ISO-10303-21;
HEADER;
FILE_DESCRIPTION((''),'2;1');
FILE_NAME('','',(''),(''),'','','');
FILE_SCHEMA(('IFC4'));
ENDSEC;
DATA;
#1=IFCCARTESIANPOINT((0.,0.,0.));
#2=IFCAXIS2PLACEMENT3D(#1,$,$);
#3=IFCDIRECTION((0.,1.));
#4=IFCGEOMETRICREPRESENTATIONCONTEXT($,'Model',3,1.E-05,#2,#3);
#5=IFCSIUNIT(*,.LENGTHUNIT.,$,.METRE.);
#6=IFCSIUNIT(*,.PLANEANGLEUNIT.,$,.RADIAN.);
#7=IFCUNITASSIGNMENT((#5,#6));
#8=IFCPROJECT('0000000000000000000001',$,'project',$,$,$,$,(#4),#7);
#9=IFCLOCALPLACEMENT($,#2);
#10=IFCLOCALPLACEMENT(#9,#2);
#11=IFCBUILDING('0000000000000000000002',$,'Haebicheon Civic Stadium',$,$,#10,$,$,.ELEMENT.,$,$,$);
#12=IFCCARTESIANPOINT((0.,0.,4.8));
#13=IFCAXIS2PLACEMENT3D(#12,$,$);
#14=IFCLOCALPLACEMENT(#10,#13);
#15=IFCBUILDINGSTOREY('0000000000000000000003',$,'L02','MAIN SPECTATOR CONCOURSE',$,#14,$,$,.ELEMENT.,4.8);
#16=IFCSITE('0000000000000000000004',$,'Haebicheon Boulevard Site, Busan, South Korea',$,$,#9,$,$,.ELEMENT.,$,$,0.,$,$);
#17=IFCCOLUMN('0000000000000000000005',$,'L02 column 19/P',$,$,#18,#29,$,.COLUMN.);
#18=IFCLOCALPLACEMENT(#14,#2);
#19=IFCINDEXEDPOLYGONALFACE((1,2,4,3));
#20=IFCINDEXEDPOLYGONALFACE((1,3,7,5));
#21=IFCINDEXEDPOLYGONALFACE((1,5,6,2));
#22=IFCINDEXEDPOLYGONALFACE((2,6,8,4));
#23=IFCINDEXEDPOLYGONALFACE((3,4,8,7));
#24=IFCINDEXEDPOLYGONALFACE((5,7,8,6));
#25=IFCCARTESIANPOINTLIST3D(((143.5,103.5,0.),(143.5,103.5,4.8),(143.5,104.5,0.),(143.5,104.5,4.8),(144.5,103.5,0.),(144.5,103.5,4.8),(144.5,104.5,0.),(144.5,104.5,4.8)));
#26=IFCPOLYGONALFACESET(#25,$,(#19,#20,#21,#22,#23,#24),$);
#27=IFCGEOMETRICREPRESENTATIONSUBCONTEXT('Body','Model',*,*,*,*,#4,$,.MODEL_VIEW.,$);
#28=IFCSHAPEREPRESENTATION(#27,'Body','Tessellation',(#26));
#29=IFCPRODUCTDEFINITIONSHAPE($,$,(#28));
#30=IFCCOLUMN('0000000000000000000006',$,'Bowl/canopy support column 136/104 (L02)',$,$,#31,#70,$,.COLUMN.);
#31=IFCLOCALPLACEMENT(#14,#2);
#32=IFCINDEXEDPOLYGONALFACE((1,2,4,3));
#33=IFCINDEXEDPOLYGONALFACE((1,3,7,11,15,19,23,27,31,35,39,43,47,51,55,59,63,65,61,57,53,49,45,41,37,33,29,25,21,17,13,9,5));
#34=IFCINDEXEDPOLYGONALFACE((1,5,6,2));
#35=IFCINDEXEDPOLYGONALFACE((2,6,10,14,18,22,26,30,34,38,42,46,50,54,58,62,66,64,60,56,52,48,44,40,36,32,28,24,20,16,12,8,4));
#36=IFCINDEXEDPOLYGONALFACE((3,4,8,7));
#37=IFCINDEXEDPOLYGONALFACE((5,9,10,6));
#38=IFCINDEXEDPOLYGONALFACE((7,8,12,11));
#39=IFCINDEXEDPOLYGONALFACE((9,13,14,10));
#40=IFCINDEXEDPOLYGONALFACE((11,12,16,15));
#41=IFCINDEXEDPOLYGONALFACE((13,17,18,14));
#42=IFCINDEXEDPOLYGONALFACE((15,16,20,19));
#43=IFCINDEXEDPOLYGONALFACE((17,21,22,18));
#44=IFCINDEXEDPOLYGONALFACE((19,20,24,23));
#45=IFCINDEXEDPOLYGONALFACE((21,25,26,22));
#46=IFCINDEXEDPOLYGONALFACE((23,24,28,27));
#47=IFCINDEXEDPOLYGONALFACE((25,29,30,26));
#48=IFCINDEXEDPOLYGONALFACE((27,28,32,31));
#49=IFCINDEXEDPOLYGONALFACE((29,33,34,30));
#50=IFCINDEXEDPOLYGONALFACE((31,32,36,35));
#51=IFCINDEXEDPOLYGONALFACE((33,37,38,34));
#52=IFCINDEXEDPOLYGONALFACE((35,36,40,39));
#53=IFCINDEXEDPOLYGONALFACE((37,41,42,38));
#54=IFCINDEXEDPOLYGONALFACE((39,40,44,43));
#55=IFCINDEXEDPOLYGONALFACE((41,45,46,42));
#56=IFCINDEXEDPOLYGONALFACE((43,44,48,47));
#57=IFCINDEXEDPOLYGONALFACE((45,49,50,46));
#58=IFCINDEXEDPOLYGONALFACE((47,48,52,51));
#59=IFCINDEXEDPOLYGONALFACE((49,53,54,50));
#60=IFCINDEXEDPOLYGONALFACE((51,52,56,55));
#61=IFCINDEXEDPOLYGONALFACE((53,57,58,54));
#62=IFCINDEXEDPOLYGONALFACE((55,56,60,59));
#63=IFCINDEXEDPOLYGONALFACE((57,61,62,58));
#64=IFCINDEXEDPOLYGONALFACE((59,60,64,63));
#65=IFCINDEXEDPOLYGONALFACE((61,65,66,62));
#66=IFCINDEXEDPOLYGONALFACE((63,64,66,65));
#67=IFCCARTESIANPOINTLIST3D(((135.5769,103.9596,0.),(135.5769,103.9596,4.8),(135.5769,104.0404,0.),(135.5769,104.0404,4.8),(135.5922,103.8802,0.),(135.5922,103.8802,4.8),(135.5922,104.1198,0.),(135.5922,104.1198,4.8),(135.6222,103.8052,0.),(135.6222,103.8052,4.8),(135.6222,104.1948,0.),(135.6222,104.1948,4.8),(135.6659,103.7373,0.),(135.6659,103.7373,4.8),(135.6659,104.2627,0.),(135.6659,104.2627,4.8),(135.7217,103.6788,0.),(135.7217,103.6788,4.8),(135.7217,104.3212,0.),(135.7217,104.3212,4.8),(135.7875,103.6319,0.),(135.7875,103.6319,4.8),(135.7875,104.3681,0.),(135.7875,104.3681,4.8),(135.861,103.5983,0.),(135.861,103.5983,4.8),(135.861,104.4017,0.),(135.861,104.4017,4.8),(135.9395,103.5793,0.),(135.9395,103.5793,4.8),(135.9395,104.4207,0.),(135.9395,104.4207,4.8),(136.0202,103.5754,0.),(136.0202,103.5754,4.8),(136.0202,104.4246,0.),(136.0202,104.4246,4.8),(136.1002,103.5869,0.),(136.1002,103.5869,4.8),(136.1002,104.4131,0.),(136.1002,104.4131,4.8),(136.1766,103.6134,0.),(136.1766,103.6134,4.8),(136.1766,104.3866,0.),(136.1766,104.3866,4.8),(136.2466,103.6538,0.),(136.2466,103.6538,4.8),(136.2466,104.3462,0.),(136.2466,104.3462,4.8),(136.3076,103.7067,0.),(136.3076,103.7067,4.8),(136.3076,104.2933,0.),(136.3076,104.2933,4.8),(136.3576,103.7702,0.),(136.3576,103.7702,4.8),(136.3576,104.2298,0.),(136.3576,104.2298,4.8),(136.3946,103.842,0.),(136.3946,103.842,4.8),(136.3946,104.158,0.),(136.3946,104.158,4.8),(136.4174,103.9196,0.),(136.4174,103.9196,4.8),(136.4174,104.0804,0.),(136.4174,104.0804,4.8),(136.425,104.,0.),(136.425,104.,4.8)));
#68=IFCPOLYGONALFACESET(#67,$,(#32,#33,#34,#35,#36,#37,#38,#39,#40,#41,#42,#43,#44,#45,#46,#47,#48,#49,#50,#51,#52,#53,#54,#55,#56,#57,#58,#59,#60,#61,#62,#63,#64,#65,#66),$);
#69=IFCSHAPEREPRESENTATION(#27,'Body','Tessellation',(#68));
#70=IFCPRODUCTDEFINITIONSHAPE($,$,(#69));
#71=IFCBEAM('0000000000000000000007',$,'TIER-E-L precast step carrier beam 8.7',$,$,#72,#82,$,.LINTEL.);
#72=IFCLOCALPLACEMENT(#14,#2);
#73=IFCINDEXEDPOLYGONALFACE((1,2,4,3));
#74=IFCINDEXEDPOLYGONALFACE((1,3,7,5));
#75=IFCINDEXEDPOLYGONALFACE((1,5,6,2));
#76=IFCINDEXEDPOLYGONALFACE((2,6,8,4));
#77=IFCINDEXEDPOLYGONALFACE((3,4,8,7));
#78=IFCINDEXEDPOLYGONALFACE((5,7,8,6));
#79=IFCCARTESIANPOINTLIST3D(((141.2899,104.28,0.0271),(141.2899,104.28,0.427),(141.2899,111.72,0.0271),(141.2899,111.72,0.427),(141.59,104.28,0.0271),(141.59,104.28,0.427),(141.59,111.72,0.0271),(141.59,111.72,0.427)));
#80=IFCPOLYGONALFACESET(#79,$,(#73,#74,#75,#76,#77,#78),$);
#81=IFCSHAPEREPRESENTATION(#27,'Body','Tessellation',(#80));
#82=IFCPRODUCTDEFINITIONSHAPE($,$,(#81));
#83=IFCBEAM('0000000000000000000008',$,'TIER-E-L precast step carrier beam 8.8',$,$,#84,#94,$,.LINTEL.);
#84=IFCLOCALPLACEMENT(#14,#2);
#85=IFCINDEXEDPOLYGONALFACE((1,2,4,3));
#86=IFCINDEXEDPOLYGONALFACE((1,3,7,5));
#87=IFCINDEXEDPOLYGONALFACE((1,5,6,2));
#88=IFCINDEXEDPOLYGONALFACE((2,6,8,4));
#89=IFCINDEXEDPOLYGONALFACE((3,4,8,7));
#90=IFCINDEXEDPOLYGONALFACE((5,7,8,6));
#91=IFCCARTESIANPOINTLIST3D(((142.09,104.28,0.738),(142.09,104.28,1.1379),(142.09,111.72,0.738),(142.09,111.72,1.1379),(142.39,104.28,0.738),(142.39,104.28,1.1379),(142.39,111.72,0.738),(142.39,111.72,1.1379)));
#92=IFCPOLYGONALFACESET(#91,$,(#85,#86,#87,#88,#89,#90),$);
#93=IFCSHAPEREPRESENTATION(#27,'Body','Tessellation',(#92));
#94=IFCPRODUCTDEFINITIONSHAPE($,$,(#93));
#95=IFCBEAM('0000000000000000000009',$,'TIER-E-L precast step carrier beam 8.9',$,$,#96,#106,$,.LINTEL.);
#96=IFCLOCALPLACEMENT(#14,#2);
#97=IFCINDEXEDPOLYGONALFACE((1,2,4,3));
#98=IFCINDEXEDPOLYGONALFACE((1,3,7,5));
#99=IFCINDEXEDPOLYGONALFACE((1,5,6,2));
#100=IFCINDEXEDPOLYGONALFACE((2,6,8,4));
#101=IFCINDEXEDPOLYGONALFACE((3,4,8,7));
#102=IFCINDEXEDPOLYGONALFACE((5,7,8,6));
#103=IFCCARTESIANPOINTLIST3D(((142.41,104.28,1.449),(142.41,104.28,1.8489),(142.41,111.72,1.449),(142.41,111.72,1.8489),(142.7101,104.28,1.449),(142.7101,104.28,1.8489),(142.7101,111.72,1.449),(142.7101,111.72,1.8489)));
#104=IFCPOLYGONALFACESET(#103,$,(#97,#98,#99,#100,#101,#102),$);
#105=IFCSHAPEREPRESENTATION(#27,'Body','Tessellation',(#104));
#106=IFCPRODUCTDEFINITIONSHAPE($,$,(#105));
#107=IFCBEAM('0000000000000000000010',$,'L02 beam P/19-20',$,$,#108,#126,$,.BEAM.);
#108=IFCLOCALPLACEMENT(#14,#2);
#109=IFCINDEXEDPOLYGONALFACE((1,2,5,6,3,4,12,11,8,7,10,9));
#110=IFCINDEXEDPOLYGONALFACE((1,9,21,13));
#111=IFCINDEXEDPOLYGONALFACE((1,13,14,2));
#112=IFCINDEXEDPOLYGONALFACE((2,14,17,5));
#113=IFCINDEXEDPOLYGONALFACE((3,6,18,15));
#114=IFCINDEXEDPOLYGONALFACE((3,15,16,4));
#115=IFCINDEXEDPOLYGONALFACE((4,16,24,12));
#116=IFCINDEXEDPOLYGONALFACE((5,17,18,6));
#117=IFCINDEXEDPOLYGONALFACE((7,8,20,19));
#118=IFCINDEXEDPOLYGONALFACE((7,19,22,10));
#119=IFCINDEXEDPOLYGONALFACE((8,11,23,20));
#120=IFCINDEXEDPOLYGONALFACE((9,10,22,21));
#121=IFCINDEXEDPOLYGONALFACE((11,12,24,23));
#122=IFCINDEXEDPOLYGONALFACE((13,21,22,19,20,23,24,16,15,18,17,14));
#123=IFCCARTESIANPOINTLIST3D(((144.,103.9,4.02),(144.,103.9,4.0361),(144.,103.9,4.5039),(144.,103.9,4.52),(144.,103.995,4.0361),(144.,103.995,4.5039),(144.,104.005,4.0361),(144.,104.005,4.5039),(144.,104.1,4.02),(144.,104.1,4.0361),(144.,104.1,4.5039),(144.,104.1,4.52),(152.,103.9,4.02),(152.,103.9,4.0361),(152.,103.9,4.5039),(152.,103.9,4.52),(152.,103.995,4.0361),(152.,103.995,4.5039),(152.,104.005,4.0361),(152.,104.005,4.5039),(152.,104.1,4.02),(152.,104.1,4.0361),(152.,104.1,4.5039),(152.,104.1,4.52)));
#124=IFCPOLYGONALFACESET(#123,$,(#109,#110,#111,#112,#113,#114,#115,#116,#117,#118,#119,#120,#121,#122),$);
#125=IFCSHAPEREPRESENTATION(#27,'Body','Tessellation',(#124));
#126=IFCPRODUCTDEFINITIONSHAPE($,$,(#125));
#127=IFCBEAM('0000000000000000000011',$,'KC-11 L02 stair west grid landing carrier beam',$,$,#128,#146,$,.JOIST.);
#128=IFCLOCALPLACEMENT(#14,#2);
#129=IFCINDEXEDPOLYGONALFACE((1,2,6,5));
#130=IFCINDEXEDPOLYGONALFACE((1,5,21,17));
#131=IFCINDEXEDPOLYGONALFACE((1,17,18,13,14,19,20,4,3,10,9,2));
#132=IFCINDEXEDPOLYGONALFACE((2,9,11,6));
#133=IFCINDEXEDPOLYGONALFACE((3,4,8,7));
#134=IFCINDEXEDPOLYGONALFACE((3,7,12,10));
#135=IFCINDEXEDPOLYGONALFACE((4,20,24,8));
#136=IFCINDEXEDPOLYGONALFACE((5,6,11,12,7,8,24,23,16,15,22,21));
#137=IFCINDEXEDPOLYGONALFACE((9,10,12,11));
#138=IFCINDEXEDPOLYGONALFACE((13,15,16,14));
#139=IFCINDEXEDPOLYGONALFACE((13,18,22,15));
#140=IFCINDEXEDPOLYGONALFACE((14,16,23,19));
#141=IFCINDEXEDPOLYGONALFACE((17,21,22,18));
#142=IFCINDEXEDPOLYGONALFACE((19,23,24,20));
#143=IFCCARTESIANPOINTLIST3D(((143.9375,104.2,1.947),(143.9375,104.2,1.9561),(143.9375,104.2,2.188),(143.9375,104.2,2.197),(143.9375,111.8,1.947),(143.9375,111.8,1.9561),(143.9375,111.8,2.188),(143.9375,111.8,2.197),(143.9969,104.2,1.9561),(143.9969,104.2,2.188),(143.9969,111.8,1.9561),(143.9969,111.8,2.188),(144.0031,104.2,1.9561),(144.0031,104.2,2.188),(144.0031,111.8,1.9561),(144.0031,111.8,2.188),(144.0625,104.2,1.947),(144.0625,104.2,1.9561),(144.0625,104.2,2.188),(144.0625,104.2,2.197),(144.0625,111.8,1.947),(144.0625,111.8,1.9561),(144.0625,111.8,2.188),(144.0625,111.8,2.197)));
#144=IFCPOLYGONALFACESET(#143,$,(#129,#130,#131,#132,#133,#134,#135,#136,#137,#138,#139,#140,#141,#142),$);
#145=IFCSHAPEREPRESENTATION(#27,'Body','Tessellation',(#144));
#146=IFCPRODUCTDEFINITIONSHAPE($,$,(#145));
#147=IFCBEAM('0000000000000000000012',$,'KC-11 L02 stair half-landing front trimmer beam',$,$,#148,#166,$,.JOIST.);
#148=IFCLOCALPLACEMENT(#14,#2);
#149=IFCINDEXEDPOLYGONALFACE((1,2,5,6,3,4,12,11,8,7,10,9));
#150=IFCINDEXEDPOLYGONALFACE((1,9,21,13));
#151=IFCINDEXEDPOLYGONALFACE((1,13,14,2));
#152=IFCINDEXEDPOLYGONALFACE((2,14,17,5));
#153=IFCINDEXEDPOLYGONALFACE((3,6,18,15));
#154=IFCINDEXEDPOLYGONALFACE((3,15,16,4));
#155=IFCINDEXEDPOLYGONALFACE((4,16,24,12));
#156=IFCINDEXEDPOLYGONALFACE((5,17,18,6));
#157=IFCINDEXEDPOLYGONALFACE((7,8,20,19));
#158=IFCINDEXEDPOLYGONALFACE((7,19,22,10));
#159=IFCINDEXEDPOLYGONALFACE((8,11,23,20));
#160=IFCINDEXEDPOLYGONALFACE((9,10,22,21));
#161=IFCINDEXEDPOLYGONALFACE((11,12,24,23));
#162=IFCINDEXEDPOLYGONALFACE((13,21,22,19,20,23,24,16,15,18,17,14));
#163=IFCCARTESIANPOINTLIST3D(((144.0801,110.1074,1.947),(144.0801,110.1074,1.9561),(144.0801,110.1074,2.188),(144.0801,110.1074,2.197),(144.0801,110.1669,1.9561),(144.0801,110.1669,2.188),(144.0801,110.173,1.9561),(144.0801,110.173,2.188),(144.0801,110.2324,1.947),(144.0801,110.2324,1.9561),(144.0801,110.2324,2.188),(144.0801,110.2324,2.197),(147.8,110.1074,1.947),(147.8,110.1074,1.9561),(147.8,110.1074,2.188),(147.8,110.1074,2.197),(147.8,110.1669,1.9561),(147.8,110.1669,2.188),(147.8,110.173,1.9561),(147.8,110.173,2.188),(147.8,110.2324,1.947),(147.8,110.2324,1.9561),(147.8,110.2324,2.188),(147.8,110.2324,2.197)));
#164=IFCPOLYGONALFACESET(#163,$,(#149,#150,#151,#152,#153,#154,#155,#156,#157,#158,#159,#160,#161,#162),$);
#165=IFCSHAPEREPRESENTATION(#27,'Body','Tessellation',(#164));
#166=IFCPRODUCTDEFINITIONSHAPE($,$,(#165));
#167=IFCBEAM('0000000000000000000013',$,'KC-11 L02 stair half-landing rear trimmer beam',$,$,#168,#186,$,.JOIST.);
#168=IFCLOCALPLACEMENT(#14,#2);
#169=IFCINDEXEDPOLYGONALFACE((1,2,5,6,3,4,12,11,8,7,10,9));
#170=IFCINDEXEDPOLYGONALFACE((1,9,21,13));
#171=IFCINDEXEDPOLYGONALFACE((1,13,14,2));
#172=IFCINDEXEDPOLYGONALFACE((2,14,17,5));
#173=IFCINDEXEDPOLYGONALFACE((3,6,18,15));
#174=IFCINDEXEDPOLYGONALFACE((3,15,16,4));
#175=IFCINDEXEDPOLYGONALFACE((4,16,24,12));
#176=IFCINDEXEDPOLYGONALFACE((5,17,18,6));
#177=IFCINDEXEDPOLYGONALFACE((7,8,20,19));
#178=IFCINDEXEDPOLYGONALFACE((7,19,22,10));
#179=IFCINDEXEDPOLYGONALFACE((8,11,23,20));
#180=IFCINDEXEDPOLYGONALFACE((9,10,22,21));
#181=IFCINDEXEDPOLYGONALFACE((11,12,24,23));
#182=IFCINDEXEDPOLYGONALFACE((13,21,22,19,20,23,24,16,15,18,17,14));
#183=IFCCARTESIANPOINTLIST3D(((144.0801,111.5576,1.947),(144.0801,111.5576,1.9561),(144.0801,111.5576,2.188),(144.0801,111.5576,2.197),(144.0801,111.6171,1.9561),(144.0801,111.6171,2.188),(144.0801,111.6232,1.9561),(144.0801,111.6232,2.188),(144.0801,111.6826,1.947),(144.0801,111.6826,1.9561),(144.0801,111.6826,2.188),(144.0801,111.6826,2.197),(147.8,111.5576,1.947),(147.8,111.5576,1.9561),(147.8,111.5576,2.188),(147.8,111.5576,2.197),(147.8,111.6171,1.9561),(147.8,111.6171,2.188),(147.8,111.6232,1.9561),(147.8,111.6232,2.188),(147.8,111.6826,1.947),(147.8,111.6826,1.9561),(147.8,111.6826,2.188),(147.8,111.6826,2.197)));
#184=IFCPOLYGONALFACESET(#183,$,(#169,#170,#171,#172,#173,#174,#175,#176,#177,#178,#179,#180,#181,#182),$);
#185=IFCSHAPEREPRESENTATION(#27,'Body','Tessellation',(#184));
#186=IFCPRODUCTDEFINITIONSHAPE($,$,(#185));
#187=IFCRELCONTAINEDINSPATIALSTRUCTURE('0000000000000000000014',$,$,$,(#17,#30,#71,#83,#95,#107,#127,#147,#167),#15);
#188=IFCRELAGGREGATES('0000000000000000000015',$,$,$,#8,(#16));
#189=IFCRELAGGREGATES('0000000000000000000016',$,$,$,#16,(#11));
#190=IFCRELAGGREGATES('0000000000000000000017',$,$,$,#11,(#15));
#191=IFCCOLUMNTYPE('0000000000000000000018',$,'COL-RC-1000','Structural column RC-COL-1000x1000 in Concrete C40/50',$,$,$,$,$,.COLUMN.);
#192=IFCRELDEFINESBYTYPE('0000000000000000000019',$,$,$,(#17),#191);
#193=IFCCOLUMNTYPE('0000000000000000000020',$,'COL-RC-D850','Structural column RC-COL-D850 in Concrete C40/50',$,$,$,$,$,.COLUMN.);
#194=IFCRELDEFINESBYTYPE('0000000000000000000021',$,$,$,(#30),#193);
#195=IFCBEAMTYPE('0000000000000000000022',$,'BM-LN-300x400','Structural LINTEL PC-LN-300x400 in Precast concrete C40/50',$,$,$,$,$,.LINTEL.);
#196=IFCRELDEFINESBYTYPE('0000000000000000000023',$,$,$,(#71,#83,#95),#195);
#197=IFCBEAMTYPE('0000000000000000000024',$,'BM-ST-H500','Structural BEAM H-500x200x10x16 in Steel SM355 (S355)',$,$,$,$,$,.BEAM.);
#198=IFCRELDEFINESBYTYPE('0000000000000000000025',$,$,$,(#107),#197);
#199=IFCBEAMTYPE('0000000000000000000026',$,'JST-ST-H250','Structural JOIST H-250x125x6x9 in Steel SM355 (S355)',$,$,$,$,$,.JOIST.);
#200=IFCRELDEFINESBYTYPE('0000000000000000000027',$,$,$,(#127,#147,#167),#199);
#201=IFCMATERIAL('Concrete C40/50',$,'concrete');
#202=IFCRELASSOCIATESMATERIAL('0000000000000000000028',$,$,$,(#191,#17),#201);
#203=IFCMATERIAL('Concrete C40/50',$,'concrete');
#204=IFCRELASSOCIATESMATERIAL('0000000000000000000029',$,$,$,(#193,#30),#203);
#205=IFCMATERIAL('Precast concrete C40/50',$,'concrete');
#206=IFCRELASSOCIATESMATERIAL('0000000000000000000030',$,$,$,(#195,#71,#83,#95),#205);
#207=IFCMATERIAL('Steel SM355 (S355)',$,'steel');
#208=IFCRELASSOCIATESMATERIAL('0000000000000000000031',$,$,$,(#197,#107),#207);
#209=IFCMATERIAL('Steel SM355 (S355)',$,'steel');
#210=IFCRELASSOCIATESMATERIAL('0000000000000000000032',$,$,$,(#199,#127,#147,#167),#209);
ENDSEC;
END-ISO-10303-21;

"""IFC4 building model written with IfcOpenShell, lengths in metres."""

from ifc_helpers import new_model, si_unit, direction, frame, origin, origin_2d, place, context, subcontext, project, spatial, rectangle, circle, i_section, extrude, material, material_profile, profile_set, type_object, element, save


model = new_model("IFC4")

# Units and contexts
model_context = context("Model", 3, precision=1e-05, world=origin(), true_north=direction((0.0, 1.0)))
body_context = subcontext(model_context, "Body", "Model", "MODEL_VIEW")
ifc_project = project(units=[si_unit("LENGTHUNIT", "METRE"), si_unit("PLANEANGLEUNIT", "RADIAN")], contexts=[model_context])

# Site, building, storey
site_placement = place(None, origin())
site = spatial("IfcSite", under=ifc_project, at=site_placement, Name="Haebicheon Boulevard Site, Busan, South Korea", CompositionType="ELEMENT", RefElevation=0.0)
building_placement = place(site_placement, origin())
building = spatial("IfcBuilding", under=site, at=building_placement, Name="Haebicheon Civic Stadium", CompositionType="ELEMENT")
storey_placement = place(building_placement, frame((0.0, 0.0, 4.8)))
storey = spatial("IfcBuildingStorey", under=building, at=storey_placement, Name="L02", Description="MAIN SPECTATOR CONCOURSE", CompositionType="ELEMENT", Elevation=4.8)

# Columns
ifc_material_1 = material(Name="Concrete C40/50", Category="concrete")
ifc_material_profile_1 = material_profile(ifc_material_1, rectangle(XDim=1.0, YDim=1.0, at=origin_2d()), Name="RC-COL-1000x1000")
ifc_profile_set_1 = profile_set([ifc_material_profile_1], Name="Concrete C40/50")
column_type_1 = type_object("IfcColumnType", Name="COL-RC-1000", Description="Structural column RC-COL-1000x1000 in Concrete C40/50", PredefinedType="COLUMN", material=ifc_profile_set_1)
column_1_placement = place(storey_placement, frame((144.0, 104.0, 0.0), z_axis=(0.0, 0.0, 1.0), x_axis=(1.0, 0.0, 0.0)))
element("IfcColumn", 1, at=column_1_placement, inside=storey, type_object=column_type_1, material=ifc_profile_set_1, Name="L02 column 19/P", PredefinedType="COLUMN", context=body_context, shape_type="SweptSolid", body=[
    extrude(rectangle(XDim=1.0, YDim=1.0, at=origin_2d()), origin(), (0.0, 0.0, 1.0), 4.8),
])
ifc_material_2 = material(Name="Concrete C40/50", Category="concrete")
ifc_material_profile_2 = material_profile(ifc_material_2, circle(Radius=0.425, at=origin_2d()), Name="RC-COL-D850")
ifc_profile_set_2 = profile_set([ifc_material_profile_2], Name="Concrete C40/50")
column_type_2 = type_object("IfcColumnType", Name="COL-RC-D850", Description="Structural column RC-COL-D850 in Concrete C40/50", PredefinedType="COLUMN", material=ifc_profile_set_2)
column_2_placement = place(storey_placement, frame((136.0, 104.0, 0.0), z_axis=(0.0, 0.0, 1.0), x_axis=(1.0, 0.0, 0.0)))
element("IfcColumn", 2, at=column_2_placement, inside=storey, type_object=column_type_2, material=ifc_profile_set_2, Name="Bowl/canopy support column 136/104 (L02)", PredefinedType="COLUMN", context=body_context, shape_type="SweptSolid", body=[
    extrude(circle(Radius=0.425, at=origin_2d()), origin(), (0.0, 0.0, 1.0), 4.8),
])

# Beams
ifc_material_3 = material(Name="Precast concrete C40/50", Category="concrete")
ifc_material_profile_3 = material_profile(ifc_material_3, rectangle(XDim=0.3, YDim=0.3999, at=origin_2d()), Name="PC-LN-300x400")
ifc_profile_set_3 = profile_set([ifc_material_profile_3], Name="Precast concrete C40/50")
beam_type_1 = type_object("IfcBeamType", Name="BM-LN-300x400", Description="Structural LINTEL PC-LN-300x400 in Precast concrete C40/50", PredefinedType="LINTEL", material=ifc_profile_set_3)
for number, where, z_axis, x_axis, name in (
    (3, (141.4399, 104.28, 0.2271), (0.0, 1.0, 0.0), (-1.0, 0.0, 0.0), "TIER-E-L precast step carrier beam 8.7"),
    (4, (142.24, 104.28, 0.938), (0.0, 1.0, 0.0), (-1.0, 0.0, 0.0), "TIER-E-L precast step carrier beam 8.8"),
    (5, (142.5601, 104.28, 1.6489), (0.0, 1.0, 0.0), (-1.0, 0.0, 0.0), "TIER-E-L precast step carrier beam 8.9"),
):
    element("IfcBeam", number, at=place(storey_placement, frame(where, z_axis=z_axis, x_axis=x_axis)), inside=storey, type_object=beam_type_1, material=ifc_profile_set_3, Name=name, PredefinedType="LINTEL", context=body_context, shape_type="SweptSolid", body=[
        extrude(rectangle(XDim=0.3, YDim=0.3999, at=origin_2d()), origin(), (0.0, 0.0, 1.0), 7.4399),
    ])
ifc_material_4 = material(Name="Steel SM355 (S355)", Category="steel")
ifc_material_profile_4 = material_profile(ifc_material_4, i_section(OverallWidth=0.2, OverallDepth=0.5, WebThickness=0.01, FlangeThickness=0.0161, at=origin_2d()), Name="H-500x200x10x16")
ifc_profile_set_4 = profile_set([ifc_material_profile_4], Name="Steel SM355 (S355)")
beam_type_2 = type_object("IfcBeamType", Name="BM-ST-H500", Description="Structural BEAM H-500x200x10x16 in Steel SM355 (S355)", PredefinedType="BEAM", material=ifc_profile_set_4)
beam_1_placement = place(storey_placement, frame((144.0, 104.0, 4.27), z_axis=(1.0, 0.0, 0.0), x_axis=(0.0, 1.0, 0.0)))
element("IfcBeam", 6, at=beam_1_placement, inside=storey, type_object=beam_type_2, material=ifc_profile_set_4, Name="L02 beam P/19-20", PredefinedType="BEAM", context=body_context, shape_type="SweptSolid", body=[
    extrude(i_section(OverallWidth=0.2, OverallDepth=0.5, WebThickness=0.01, FlangeThickness=0.0161, at=origin_2d()), origin(), (0.0, 0.0, 1.0), 8.0),
])
ifc_material_5 = material(Name="Steel SM355 (S355)", Category="steel")
ifc_material_profile_5 = material_profile(ifc_material_5, i_section(OverallWidth=0.125, OverallDepth=0.25, WebThickness=0.0061, FlangeThickness=0.009, at=origin_2d()), Name="H-250x125x6x9")
ifc_profile_set_5 = profile_set([ifc_material_profile_5], Name="Steel SM355 (S355)")
beam_type_3 = type_object("IfcBeamType", Name="JST-ST-H250", Description="Structural JOIST H-250x125x6x9 in Steel SM355 (S355)", PredefinedType="JOIST", material=ifc_profile_set_5)
beam_2_placement = place(storey_placement, frame((144.0, 104.2, 2.072), z_axis=(0.0, 1.0, 0.0), x_axis=(-1.0, 0.0, 0.0)))
element("IfcBeam", 7, at=beam_2_placement, inside=storey, type_object=beam_type_3, material=ifc_profile_set_5, Name="KC-11 L02 stair west grid landing carrier beam", PredefinedType="JOIST", context=body_context, shape_type="SweptSolid", body=[
    extrude(i_section(OverallWidth=0.125, OverallDepth=0.25, WebThickness=0.0061, FlangeThickness=0.009, at=origin_2d()), origin(), (0.0, 0.0, 1.0), 7.6001),
])
for number, where, z_axis, x_axis, name in (
    (8, (144.0801, 110.1699, 2.072), (1.0, 0.0, 0.0), (0.0, 1.0, 0.0), "KC-11 L02 stair half-landing front trimmer beam"),
    (9, (144.0801, 111.6201, 2.072), (1.0, 0.0, 0.0), (0.0, 1.0, 0.0), "KC-11 L02 stair half-landing rear trimmer beam"),
):
    element("IfcBeam", number, at=place(storey_placement, frame(where, z_axis=z_axis, x_axis=x_axis)), inside=storey, type_object=beam_type_3, material=ifc_profile_set_5, Name=name, PredefinedType="JOIST", context=body_context, shape_type="SweptSolid", body=[
        extrude(i_section(OverallWidth=0.125, OverallDepth=0.25, WebThickness=0.0061, FlangeThickness=0.009, at=origin_2d()), origin(), (0.0, 0.0, 1.0), 3.72),
    ])

save(model, "model.ifc")
